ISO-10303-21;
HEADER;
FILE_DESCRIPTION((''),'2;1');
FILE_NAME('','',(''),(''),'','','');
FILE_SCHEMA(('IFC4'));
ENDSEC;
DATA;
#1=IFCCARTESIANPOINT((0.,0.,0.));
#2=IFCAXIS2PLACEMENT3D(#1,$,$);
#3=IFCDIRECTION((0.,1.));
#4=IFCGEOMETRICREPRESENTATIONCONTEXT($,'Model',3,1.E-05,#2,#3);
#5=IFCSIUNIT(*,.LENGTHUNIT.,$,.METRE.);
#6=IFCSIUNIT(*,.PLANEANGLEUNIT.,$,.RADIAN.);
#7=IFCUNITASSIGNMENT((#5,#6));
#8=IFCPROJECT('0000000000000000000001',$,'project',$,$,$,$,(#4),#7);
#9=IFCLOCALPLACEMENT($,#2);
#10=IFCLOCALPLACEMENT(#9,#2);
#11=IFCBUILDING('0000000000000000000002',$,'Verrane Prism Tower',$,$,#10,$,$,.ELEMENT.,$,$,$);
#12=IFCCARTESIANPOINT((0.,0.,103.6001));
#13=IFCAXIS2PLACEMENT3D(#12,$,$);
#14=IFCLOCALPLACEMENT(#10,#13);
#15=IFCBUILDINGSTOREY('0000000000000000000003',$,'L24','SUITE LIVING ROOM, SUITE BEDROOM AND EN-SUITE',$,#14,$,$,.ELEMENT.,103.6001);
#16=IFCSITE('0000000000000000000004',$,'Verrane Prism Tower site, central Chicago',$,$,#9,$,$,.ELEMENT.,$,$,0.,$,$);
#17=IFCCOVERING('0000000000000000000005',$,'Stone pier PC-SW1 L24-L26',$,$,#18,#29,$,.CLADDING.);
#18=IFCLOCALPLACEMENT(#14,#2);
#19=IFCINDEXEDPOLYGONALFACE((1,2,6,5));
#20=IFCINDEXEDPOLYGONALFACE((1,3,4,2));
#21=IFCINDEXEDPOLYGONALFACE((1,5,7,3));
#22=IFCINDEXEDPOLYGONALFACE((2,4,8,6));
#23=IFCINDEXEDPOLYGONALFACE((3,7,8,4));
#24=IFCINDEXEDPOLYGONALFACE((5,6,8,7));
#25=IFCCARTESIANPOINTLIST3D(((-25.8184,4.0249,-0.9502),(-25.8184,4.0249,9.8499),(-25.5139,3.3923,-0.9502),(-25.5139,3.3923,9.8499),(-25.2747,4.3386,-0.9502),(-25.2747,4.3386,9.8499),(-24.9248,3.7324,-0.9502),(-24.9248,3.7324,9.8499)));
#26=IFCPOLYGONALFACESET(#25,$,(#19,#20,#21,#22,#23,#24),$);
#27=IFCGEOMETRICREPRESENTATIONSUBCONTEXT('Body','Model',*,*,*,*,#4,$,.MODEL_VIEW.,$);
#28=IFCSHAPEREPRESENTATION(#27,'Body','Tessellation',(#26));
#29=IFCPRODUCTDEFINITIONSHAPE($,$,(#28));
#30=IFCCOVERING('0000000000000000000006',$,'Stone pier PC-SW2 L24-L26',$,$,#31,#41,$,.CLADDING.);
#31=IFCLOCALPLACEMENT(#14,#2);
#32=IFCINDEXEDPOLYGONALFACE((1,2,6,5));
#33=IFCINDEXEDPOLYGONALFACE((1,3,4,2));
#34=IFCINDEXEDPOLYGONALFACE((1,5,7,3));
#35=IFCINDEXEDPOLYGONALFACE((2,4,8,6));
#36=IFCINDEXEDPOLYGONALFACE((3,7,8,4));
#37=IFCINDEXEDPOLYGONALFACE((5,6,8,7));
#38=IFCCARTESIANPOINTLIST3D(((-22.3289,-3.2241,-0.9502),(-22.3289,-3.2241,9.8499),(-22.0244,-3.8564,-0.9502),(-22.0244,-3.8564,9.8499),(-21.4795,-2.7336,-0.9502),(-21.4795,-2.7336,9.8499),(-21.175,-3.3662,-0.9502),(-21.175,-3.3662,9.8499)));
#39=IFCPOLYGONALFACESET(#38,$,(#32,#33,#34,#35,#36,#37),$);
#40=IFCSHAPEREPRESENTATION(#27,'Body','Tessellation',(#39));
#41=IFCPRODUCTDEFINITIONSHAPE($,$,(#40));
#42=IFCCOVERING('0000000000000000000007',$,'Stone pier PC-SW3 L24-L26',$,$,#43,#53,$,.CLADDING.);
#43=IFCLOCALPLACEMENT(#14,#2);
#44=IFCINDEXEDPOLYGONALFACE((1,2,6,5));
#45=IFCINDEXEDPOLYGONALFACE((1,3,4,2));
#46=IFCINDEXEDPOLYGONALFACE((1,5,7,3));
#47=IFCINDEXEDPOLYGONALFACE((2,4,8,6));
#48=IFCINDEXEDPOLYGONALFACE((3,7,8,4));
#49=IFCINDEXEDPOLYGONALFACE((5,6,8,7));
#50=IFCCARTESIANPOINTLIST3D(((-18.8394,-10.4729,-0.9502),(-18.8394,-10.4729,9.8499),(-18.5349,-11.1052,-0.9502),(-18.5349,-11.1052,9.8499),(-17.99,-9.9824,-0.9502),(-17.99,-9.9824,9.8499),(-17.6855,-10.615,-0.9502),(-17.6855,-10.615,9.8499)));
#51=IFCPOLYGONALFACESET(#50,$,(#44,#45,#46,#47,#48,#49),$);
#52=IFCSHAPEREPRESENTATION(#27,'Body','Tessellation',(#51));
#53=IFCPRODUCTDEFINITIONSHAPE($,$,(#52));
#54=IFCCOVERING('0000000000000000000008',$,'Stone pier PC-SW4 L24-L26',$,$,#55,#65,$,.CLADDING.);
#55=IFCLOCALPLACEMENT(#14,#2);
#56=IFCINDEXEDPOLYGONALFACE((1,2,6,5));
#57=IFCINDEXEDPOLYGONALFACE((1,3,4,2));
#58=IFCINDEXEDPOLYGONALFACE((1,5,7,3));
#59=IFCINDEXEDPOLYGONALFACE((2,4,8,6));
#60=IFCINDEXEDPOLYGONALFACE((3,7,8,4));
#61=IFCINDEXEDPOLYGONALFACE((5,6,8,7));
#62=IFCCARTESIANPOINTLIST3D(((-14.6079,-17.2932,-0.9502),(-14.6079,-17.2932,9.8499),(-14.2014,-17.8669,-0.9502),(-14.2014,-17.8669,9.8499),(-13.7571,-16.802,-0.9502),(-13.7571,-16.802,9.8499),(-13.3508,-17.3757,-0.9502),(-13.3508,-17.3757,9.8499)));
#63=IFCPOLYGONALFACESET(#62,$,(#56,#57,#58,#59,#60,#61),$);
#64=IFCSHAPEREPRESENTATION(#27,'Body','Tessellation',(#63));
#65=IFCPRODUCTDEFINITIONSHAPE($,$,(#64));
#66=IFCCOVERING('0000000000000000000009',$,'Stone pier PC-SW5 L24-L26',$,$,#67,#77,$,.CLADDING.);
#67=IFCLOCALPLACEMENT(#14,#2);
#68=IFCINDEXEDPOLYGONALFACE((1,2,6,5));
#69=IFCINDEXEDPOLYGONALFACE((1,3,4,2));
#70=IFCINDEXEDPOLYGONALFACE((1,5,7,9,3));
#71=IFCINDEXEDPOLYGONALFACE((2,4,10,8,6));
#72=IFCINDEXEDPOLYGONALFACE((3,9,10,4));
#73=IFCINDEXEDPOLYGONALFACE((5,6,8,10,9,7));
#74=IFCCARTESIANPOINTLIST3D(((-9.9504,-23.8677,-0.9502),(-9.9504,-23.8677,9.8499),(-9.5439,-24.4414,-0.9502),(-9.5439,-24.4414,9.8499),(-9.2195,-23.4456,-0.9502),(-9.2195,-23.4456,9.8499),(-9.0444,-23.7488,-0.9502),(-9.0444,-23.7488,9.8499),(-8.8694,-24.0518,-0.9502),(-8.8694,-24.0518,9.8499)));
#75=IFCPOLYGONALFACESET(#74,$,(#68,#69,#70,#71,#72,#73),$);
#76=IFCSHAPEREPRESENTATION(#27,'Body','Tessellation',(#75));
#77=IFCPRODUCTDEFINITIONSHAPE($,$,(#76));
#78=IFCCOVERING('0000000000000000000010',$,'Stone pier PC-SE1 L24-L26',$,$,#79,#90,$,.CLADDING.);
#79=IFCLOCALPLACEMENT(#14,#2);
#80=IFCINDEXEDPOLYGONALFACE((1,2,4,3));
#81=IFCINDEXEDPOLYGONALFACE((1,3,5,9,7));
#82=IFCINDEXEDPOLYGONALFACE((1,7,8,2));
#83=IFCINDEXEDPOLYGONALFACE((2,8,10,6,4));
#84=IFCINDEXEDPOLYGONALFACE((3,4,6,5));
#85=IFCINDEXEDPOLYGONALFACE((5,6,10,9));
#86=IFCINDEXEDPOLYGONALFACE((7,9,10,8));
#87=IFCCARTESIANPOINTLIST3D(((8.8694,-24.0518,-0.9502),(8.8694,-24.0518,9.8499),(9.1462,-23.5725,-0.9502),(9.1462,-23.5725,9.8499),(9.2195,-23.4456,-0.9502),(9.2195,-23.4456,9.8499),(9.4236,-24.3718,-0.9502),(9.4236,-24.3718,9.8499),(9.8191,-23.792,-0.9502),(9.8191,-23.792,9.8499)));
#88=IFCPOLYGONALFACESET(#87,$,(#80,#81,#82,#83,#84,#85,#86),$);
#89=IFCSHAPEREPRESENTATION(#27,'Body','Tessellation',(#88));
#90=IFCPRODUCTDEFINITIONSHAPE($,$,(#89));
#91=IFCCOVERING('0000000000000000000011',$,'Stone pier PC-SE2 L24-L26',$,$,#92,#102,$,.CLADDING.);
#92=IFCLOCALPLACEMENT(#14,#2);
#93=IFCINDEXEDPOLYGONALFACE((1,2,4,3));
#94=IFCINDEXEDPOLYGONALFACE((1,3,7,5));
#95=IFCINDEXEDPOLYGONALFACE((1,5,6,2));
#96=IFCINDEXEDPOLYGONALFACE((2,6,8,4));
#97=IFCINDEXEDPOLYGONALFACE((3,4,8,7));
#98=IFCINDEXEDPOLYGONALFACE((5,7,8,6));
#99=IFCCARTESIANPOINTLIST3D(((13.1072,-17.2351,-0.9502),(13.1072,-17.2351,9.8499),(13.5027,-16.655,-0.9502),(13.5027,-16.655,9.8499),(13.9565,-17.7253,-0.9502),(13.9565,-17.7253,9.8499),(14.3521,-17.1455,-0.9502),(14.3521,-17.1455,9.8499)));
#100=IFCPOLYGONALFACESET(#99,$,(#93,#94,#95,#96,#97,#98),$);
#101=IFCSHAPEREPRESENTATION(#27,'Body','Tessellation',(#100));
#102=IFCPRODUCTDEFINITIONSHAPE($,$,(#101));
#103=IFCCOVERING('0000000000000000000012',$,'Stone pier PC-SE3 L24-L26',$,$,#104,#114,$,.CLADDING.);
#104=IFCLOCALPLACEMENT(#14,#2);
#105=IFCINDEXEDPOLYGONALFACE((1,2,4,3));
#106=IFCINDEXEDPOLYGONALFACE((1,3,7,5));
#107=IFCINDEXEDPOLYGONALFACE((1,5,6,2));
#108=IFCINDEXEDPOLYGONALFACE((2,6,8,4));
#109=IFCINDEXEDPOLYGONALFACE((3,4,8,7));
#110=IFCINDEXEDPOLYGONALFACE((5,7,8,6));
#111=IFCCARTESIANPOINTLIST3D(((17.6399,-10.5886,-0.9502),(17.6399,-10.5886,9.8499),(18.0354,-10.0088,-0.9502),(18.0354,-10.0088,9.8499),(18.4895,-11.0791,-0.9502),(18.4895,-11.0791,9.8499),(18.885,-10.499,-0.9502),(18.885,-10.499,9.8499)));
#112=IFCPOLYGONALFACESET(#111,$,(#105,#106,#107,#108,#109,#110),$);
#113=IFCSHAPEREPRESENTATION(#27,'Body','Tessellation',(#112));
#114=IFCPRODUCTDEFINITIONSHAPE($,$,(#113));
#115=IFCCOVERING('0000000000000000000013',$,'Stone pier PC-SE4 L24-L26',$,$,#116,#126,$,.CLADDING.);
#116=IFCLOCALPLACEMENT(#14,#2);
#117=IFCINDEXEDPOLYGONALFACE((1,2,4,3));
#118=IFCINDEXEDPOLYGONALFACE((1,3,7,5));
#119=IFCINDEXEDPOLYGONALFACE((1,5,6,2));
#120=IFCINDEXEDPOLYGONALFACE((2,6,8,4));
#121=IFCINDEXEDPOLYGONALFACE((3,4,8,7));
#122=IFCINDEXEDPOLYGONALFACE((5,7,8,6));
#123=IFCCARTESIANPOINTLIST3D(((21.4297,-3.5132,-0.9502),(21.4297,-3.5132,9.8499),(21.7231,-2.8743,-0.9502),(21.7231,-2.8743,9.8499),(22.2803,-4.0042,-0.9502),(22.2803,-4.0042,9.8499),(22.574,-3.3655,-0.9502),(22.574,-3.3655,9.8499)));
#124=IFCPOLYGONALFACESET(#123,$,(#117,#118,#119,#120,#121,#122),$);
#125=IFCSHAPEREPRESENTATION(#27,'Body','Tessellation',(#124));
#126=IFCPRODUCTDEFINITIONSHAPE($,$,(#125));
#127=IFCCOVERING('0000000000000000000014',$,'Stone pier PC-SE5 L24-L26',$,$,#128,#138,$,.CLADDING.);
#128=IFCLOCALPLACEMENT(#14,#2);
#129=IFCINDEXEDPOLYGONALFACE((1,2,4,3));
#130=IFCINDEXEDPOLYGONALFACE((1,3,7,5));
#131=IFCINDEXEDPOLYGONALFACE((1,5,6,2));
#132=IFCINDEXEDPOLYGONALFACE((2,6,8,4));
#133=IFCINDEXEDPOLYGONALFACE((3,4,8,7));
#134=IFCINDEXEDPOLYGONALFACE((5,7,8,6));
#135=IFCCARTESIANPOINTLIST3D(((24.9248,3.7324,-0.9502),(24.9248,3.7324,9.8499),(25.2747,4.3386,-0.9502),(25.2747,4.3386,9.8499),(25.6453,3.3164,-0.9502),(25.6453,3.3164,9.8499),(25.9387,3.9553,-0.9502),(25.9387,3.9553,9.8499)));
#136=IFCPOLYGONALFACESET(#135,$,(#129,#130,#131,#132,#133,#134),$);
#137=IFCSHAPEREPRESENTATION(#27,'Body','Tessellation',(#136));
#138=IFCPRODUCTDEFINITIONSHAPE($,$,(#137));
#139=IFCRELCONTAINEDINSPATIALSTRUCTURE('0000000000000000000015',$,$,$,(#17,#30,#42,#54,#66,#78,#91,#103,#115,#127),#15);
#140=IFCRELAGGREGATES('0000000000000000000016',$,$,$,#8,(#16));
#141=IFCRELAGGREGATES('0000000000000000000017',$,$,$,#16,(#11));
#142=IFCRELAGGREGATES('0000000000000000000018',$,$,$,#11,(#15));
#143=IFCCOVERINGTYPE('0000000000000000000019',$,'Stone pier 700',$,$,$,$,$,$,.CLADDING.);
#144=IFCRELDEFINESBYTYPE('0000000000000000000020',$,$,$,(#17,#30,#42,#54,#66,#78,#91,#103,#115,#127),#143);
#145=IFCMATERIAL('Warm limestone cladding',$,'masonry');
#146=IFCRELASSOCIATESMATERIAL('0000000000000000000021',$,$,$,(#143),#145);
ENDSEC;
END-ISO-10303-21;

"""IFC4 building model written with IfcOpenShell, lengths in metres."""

from ifc_helpers import new_model, si_unit, direction, frame, origin, place, context, subcontext, project, spatial, polyline, outline, extrude, material, type_object, element, save


model = new_model("IFC4")

# Units and contexts
model_context = context("Model", 3, precision=1e-05, world=origin(), true_north=direction((0.0, 1.0)))
body_context = subcontext(model_context, "Body", "Model", "MODEL_VIEW")
ifc_project = project(units=[si_unit("LENGTHUNIT", "METRE"), si_unit("PLANEANGLEUNIT", "RADIAN")], contexts=[model_context])

# Site, building, storey
site_placement = place(None, origin())
site = spatial("IfcSite", under=ifc_project, at=site_placement, Name="Verrane Prism Tower site, central Chicago", CompositionType="ELEMENT", RefElevation=0.0)
building_placement = place(site_placement, origin())
building = spatial("IfcBuilding", under=site, at=building_placement, Name="Verrane Prism Tower", CompositionType="ELEMENT")
storey_placement = place(building_placement, frame((0.0, 0.0, 103.6001)))
storey = spatial("IfcBuildingStorey", under=building, at=storey_placement, Name="L24", Description="SUITE LIVING ROOM, SUITE BEDROOM AND EN-SUITE", CompositionType="ELEMENT", Elevation=103.6001)

# Coverings
ifc_material_1 = material(Name="Warm limestone cladding", Category="masonry")
covering_type_1 = type_object("IfcCoveringType", Name="Stone pier 700", PredefinedType="CLADDING", material=ifc_material_1)
covering_1_placement = place(storey_placement, frame((0.0, 0.0, -0.9502)))
element("IfcCovering", 1, at=covering_1_placement, inside=storey, type_object=covering_type_1, Name="Stone pier PC-SW1 L24-L26", PredefinedType="CLADDING", context=body_context, shape_type="SweptSolid", body=[
    extrude(outline(polyline([(-24.9248, 3.7324), (-25.2747, 4.3386), (-25.8184, 4.0249), (-25.5139, 3.3923), (-24.9248, 3.7324)])), origin(), (0.0, 0.0, 1.0), 10.8),
])
covering_2_placement = place(storey_placement, frame((0.0, 0.0, -0.9502)))
element("IfcCovering", 2, at=covering_2_placement, inside=storey, type_object=covering_type_1, Name="Stone pier PC-SW2 L24-L26", PredefinedType="CLADDING", context=body_context, shape_type="SweptSolid", body=[
    extrude(outline(polyline([(-22.0244, -3.8564), (-21.175, -3.3662), (-21.4795, -2.7336), (-22.3289, -3.2241), (-22.0244, -3.8564)])), origin(), (0.0, 0.0, 1.0), 10.8),
])
covering_3_placement = place(storey_placement, frame((0.0, 0.0, -0.9502)))
element("IfcCovering", 3, at=covering_3_placement, inside=storey, type_object=covering_type_1, Name="Stone pier PC-SW3 L24-L26", PredefinedType="CLADDING", context=body_context, shape_type="SweptSolid", body=[
    extrude(outline(polyline([(-18.5349, -11.1052), (-17.6855, -10.615), (-17.99, -9.9824), (-18.8394, -10.4729), (-18.5349, -11.1052)])), origin(), (0.0, 0.0, 1.0), 10.8),
])
covering_4_placement = place(storey_placement, frame((0.0, 0.0, -0.9502)))
element("IfcCovering", 4, at=covering_4_placement, inside=storey, type_object=covering_type_1, Name="Stone pier PC-SW4 L24-L26", PredefinedType="CLADDING", context=body_context, shape_type="SweptSolid", body=[
    extrude(outline(polyline([(-14.2014, -17.8669), (-13.3508, -17.3757), (-13.7571, -16.802), (-14.6079, -17.2932), (-14.2014, -17.8669)])), origin(), (0.0, 0.0, 1.0), 10.8),
])
covering_5_placement = place(storey_placement, frame((0.0, 0.0, -0.9502)))
element("IfcCovering", 5, at=covering_5_placement, inside=storey, type_object=covering_type_1, Name="Stone pier PC-SW5 L24-L26", PredefinedType="CLADDING", context=body_context, shape_type="SweptSolid", body=[
    extrude(outline(polyline([(-8.8694, -24.0518), (-9.0444, -23.7488), (-9.2195, -23.4456), (-9.9504, -23.8677), (-9.5439, -24.4414), (-8.8694, -24.0518)])), origin(), (0.0, 0.0, 1.0), 10.8),
])
covering_6_placement = place(storey_placement, frame((0.0, 0.0, -0.9502)))
element("IfcCovering", 6, at=covering_6_placement, inside=storey, type_object=covering_type_1, Name="Stone pier PC-SE1 L24-L26", PredefinedType="CLADDING", context=body_context, shape_type="SweptSolid", body=[
    extrude(outline(polyline([(9.2195, -23.4456), (9.1462, -23.5725), (8.8694, -24.0518), (9.4236, -24.3718), (9.8191, -23.792), (9.2195, -23.4456)])), origin(), (0.0, 0.0, 1.0), 10.8),
])
covering_7_placement = place(storey_placement, frame((0.0, 0.0, -0.9502)))
element("IfcCovering", 7, at=covering_7_placement, inside=storey, type_object=covering_type_1, Name="Stone pier PC-SE2 L24-L26", PredefinedType="CLADDING", context=body_context, shape_type="SweptSolid", body=[
    extrude(outline(polyline([(14.3521, -17.1455), (13.5027, -16.655), (13.1072, -17.2351), (13.9565, -17.7253), (14.3521, -17.1455)])), origin(), (0.0, 0.0, 1.0), 10.8),
])
covering_8_placement = place(storey_placement, frame((0.0, 0.0, -0.9502)))
element("IfcCovering", 8, at=covering_8_placement, inside=storey, type_object=covering_type_1, Name="Stone pier PC-SE3 L24-L26", PredefinedType="CLADDING", context=body_context, shape_type="SweptSolid", body=[
    extrude(outline(polyline([(18.885, -10.499), (18.0354, -10.0088), (17.6399, -10.5886), (18.4895, -11.0791), (18.885, -10.499)])), origin(), (0.0, 0.0, 1.0), 10.8),
])
covering_9_placement = place(storey_placement, frame((0.0, 0.0, -0.9502)))
element("IfcCovering", 9, at=covering_9_placement, inside=storey, type_object=covering_type_1, Name="Stone pier PC-SE4 L24-L26", PredefinedType="CLADDING", context=body_context, shape_type="SweptSolid", body=[
    extrude(outline(polyline([(22.574, -3.3655), (21.7231, -2.8743), (21.4297, -3.5132), (22.2803, -4.0042), (22.574, -3.3655)])), origin(), (0.0, 0.0, 1.0), 10.8),
])
covering_10_placement = place(storey_placement, frame((0.0, 0.0, -0.9502)))
element("IfcCovering", 10, at=covering_10_placement, inside=storey, type_object=covering_type_1, Name="Stone pier PC-SE5 L24-L26", PredefinedType="CLADDING", context=body_context, shape_type="SweptSolid", body=[
    extrude(outline(polyline([(25.2747, 4.3386), (24.9248, 3.7324), (25.6453, 3.3164), (25.9387, 3.9553), (25.2747, 4.3386)])), origin(), (0.0, 0.0, 1.0), 10.8),
])

save(model, "model.ifc")
